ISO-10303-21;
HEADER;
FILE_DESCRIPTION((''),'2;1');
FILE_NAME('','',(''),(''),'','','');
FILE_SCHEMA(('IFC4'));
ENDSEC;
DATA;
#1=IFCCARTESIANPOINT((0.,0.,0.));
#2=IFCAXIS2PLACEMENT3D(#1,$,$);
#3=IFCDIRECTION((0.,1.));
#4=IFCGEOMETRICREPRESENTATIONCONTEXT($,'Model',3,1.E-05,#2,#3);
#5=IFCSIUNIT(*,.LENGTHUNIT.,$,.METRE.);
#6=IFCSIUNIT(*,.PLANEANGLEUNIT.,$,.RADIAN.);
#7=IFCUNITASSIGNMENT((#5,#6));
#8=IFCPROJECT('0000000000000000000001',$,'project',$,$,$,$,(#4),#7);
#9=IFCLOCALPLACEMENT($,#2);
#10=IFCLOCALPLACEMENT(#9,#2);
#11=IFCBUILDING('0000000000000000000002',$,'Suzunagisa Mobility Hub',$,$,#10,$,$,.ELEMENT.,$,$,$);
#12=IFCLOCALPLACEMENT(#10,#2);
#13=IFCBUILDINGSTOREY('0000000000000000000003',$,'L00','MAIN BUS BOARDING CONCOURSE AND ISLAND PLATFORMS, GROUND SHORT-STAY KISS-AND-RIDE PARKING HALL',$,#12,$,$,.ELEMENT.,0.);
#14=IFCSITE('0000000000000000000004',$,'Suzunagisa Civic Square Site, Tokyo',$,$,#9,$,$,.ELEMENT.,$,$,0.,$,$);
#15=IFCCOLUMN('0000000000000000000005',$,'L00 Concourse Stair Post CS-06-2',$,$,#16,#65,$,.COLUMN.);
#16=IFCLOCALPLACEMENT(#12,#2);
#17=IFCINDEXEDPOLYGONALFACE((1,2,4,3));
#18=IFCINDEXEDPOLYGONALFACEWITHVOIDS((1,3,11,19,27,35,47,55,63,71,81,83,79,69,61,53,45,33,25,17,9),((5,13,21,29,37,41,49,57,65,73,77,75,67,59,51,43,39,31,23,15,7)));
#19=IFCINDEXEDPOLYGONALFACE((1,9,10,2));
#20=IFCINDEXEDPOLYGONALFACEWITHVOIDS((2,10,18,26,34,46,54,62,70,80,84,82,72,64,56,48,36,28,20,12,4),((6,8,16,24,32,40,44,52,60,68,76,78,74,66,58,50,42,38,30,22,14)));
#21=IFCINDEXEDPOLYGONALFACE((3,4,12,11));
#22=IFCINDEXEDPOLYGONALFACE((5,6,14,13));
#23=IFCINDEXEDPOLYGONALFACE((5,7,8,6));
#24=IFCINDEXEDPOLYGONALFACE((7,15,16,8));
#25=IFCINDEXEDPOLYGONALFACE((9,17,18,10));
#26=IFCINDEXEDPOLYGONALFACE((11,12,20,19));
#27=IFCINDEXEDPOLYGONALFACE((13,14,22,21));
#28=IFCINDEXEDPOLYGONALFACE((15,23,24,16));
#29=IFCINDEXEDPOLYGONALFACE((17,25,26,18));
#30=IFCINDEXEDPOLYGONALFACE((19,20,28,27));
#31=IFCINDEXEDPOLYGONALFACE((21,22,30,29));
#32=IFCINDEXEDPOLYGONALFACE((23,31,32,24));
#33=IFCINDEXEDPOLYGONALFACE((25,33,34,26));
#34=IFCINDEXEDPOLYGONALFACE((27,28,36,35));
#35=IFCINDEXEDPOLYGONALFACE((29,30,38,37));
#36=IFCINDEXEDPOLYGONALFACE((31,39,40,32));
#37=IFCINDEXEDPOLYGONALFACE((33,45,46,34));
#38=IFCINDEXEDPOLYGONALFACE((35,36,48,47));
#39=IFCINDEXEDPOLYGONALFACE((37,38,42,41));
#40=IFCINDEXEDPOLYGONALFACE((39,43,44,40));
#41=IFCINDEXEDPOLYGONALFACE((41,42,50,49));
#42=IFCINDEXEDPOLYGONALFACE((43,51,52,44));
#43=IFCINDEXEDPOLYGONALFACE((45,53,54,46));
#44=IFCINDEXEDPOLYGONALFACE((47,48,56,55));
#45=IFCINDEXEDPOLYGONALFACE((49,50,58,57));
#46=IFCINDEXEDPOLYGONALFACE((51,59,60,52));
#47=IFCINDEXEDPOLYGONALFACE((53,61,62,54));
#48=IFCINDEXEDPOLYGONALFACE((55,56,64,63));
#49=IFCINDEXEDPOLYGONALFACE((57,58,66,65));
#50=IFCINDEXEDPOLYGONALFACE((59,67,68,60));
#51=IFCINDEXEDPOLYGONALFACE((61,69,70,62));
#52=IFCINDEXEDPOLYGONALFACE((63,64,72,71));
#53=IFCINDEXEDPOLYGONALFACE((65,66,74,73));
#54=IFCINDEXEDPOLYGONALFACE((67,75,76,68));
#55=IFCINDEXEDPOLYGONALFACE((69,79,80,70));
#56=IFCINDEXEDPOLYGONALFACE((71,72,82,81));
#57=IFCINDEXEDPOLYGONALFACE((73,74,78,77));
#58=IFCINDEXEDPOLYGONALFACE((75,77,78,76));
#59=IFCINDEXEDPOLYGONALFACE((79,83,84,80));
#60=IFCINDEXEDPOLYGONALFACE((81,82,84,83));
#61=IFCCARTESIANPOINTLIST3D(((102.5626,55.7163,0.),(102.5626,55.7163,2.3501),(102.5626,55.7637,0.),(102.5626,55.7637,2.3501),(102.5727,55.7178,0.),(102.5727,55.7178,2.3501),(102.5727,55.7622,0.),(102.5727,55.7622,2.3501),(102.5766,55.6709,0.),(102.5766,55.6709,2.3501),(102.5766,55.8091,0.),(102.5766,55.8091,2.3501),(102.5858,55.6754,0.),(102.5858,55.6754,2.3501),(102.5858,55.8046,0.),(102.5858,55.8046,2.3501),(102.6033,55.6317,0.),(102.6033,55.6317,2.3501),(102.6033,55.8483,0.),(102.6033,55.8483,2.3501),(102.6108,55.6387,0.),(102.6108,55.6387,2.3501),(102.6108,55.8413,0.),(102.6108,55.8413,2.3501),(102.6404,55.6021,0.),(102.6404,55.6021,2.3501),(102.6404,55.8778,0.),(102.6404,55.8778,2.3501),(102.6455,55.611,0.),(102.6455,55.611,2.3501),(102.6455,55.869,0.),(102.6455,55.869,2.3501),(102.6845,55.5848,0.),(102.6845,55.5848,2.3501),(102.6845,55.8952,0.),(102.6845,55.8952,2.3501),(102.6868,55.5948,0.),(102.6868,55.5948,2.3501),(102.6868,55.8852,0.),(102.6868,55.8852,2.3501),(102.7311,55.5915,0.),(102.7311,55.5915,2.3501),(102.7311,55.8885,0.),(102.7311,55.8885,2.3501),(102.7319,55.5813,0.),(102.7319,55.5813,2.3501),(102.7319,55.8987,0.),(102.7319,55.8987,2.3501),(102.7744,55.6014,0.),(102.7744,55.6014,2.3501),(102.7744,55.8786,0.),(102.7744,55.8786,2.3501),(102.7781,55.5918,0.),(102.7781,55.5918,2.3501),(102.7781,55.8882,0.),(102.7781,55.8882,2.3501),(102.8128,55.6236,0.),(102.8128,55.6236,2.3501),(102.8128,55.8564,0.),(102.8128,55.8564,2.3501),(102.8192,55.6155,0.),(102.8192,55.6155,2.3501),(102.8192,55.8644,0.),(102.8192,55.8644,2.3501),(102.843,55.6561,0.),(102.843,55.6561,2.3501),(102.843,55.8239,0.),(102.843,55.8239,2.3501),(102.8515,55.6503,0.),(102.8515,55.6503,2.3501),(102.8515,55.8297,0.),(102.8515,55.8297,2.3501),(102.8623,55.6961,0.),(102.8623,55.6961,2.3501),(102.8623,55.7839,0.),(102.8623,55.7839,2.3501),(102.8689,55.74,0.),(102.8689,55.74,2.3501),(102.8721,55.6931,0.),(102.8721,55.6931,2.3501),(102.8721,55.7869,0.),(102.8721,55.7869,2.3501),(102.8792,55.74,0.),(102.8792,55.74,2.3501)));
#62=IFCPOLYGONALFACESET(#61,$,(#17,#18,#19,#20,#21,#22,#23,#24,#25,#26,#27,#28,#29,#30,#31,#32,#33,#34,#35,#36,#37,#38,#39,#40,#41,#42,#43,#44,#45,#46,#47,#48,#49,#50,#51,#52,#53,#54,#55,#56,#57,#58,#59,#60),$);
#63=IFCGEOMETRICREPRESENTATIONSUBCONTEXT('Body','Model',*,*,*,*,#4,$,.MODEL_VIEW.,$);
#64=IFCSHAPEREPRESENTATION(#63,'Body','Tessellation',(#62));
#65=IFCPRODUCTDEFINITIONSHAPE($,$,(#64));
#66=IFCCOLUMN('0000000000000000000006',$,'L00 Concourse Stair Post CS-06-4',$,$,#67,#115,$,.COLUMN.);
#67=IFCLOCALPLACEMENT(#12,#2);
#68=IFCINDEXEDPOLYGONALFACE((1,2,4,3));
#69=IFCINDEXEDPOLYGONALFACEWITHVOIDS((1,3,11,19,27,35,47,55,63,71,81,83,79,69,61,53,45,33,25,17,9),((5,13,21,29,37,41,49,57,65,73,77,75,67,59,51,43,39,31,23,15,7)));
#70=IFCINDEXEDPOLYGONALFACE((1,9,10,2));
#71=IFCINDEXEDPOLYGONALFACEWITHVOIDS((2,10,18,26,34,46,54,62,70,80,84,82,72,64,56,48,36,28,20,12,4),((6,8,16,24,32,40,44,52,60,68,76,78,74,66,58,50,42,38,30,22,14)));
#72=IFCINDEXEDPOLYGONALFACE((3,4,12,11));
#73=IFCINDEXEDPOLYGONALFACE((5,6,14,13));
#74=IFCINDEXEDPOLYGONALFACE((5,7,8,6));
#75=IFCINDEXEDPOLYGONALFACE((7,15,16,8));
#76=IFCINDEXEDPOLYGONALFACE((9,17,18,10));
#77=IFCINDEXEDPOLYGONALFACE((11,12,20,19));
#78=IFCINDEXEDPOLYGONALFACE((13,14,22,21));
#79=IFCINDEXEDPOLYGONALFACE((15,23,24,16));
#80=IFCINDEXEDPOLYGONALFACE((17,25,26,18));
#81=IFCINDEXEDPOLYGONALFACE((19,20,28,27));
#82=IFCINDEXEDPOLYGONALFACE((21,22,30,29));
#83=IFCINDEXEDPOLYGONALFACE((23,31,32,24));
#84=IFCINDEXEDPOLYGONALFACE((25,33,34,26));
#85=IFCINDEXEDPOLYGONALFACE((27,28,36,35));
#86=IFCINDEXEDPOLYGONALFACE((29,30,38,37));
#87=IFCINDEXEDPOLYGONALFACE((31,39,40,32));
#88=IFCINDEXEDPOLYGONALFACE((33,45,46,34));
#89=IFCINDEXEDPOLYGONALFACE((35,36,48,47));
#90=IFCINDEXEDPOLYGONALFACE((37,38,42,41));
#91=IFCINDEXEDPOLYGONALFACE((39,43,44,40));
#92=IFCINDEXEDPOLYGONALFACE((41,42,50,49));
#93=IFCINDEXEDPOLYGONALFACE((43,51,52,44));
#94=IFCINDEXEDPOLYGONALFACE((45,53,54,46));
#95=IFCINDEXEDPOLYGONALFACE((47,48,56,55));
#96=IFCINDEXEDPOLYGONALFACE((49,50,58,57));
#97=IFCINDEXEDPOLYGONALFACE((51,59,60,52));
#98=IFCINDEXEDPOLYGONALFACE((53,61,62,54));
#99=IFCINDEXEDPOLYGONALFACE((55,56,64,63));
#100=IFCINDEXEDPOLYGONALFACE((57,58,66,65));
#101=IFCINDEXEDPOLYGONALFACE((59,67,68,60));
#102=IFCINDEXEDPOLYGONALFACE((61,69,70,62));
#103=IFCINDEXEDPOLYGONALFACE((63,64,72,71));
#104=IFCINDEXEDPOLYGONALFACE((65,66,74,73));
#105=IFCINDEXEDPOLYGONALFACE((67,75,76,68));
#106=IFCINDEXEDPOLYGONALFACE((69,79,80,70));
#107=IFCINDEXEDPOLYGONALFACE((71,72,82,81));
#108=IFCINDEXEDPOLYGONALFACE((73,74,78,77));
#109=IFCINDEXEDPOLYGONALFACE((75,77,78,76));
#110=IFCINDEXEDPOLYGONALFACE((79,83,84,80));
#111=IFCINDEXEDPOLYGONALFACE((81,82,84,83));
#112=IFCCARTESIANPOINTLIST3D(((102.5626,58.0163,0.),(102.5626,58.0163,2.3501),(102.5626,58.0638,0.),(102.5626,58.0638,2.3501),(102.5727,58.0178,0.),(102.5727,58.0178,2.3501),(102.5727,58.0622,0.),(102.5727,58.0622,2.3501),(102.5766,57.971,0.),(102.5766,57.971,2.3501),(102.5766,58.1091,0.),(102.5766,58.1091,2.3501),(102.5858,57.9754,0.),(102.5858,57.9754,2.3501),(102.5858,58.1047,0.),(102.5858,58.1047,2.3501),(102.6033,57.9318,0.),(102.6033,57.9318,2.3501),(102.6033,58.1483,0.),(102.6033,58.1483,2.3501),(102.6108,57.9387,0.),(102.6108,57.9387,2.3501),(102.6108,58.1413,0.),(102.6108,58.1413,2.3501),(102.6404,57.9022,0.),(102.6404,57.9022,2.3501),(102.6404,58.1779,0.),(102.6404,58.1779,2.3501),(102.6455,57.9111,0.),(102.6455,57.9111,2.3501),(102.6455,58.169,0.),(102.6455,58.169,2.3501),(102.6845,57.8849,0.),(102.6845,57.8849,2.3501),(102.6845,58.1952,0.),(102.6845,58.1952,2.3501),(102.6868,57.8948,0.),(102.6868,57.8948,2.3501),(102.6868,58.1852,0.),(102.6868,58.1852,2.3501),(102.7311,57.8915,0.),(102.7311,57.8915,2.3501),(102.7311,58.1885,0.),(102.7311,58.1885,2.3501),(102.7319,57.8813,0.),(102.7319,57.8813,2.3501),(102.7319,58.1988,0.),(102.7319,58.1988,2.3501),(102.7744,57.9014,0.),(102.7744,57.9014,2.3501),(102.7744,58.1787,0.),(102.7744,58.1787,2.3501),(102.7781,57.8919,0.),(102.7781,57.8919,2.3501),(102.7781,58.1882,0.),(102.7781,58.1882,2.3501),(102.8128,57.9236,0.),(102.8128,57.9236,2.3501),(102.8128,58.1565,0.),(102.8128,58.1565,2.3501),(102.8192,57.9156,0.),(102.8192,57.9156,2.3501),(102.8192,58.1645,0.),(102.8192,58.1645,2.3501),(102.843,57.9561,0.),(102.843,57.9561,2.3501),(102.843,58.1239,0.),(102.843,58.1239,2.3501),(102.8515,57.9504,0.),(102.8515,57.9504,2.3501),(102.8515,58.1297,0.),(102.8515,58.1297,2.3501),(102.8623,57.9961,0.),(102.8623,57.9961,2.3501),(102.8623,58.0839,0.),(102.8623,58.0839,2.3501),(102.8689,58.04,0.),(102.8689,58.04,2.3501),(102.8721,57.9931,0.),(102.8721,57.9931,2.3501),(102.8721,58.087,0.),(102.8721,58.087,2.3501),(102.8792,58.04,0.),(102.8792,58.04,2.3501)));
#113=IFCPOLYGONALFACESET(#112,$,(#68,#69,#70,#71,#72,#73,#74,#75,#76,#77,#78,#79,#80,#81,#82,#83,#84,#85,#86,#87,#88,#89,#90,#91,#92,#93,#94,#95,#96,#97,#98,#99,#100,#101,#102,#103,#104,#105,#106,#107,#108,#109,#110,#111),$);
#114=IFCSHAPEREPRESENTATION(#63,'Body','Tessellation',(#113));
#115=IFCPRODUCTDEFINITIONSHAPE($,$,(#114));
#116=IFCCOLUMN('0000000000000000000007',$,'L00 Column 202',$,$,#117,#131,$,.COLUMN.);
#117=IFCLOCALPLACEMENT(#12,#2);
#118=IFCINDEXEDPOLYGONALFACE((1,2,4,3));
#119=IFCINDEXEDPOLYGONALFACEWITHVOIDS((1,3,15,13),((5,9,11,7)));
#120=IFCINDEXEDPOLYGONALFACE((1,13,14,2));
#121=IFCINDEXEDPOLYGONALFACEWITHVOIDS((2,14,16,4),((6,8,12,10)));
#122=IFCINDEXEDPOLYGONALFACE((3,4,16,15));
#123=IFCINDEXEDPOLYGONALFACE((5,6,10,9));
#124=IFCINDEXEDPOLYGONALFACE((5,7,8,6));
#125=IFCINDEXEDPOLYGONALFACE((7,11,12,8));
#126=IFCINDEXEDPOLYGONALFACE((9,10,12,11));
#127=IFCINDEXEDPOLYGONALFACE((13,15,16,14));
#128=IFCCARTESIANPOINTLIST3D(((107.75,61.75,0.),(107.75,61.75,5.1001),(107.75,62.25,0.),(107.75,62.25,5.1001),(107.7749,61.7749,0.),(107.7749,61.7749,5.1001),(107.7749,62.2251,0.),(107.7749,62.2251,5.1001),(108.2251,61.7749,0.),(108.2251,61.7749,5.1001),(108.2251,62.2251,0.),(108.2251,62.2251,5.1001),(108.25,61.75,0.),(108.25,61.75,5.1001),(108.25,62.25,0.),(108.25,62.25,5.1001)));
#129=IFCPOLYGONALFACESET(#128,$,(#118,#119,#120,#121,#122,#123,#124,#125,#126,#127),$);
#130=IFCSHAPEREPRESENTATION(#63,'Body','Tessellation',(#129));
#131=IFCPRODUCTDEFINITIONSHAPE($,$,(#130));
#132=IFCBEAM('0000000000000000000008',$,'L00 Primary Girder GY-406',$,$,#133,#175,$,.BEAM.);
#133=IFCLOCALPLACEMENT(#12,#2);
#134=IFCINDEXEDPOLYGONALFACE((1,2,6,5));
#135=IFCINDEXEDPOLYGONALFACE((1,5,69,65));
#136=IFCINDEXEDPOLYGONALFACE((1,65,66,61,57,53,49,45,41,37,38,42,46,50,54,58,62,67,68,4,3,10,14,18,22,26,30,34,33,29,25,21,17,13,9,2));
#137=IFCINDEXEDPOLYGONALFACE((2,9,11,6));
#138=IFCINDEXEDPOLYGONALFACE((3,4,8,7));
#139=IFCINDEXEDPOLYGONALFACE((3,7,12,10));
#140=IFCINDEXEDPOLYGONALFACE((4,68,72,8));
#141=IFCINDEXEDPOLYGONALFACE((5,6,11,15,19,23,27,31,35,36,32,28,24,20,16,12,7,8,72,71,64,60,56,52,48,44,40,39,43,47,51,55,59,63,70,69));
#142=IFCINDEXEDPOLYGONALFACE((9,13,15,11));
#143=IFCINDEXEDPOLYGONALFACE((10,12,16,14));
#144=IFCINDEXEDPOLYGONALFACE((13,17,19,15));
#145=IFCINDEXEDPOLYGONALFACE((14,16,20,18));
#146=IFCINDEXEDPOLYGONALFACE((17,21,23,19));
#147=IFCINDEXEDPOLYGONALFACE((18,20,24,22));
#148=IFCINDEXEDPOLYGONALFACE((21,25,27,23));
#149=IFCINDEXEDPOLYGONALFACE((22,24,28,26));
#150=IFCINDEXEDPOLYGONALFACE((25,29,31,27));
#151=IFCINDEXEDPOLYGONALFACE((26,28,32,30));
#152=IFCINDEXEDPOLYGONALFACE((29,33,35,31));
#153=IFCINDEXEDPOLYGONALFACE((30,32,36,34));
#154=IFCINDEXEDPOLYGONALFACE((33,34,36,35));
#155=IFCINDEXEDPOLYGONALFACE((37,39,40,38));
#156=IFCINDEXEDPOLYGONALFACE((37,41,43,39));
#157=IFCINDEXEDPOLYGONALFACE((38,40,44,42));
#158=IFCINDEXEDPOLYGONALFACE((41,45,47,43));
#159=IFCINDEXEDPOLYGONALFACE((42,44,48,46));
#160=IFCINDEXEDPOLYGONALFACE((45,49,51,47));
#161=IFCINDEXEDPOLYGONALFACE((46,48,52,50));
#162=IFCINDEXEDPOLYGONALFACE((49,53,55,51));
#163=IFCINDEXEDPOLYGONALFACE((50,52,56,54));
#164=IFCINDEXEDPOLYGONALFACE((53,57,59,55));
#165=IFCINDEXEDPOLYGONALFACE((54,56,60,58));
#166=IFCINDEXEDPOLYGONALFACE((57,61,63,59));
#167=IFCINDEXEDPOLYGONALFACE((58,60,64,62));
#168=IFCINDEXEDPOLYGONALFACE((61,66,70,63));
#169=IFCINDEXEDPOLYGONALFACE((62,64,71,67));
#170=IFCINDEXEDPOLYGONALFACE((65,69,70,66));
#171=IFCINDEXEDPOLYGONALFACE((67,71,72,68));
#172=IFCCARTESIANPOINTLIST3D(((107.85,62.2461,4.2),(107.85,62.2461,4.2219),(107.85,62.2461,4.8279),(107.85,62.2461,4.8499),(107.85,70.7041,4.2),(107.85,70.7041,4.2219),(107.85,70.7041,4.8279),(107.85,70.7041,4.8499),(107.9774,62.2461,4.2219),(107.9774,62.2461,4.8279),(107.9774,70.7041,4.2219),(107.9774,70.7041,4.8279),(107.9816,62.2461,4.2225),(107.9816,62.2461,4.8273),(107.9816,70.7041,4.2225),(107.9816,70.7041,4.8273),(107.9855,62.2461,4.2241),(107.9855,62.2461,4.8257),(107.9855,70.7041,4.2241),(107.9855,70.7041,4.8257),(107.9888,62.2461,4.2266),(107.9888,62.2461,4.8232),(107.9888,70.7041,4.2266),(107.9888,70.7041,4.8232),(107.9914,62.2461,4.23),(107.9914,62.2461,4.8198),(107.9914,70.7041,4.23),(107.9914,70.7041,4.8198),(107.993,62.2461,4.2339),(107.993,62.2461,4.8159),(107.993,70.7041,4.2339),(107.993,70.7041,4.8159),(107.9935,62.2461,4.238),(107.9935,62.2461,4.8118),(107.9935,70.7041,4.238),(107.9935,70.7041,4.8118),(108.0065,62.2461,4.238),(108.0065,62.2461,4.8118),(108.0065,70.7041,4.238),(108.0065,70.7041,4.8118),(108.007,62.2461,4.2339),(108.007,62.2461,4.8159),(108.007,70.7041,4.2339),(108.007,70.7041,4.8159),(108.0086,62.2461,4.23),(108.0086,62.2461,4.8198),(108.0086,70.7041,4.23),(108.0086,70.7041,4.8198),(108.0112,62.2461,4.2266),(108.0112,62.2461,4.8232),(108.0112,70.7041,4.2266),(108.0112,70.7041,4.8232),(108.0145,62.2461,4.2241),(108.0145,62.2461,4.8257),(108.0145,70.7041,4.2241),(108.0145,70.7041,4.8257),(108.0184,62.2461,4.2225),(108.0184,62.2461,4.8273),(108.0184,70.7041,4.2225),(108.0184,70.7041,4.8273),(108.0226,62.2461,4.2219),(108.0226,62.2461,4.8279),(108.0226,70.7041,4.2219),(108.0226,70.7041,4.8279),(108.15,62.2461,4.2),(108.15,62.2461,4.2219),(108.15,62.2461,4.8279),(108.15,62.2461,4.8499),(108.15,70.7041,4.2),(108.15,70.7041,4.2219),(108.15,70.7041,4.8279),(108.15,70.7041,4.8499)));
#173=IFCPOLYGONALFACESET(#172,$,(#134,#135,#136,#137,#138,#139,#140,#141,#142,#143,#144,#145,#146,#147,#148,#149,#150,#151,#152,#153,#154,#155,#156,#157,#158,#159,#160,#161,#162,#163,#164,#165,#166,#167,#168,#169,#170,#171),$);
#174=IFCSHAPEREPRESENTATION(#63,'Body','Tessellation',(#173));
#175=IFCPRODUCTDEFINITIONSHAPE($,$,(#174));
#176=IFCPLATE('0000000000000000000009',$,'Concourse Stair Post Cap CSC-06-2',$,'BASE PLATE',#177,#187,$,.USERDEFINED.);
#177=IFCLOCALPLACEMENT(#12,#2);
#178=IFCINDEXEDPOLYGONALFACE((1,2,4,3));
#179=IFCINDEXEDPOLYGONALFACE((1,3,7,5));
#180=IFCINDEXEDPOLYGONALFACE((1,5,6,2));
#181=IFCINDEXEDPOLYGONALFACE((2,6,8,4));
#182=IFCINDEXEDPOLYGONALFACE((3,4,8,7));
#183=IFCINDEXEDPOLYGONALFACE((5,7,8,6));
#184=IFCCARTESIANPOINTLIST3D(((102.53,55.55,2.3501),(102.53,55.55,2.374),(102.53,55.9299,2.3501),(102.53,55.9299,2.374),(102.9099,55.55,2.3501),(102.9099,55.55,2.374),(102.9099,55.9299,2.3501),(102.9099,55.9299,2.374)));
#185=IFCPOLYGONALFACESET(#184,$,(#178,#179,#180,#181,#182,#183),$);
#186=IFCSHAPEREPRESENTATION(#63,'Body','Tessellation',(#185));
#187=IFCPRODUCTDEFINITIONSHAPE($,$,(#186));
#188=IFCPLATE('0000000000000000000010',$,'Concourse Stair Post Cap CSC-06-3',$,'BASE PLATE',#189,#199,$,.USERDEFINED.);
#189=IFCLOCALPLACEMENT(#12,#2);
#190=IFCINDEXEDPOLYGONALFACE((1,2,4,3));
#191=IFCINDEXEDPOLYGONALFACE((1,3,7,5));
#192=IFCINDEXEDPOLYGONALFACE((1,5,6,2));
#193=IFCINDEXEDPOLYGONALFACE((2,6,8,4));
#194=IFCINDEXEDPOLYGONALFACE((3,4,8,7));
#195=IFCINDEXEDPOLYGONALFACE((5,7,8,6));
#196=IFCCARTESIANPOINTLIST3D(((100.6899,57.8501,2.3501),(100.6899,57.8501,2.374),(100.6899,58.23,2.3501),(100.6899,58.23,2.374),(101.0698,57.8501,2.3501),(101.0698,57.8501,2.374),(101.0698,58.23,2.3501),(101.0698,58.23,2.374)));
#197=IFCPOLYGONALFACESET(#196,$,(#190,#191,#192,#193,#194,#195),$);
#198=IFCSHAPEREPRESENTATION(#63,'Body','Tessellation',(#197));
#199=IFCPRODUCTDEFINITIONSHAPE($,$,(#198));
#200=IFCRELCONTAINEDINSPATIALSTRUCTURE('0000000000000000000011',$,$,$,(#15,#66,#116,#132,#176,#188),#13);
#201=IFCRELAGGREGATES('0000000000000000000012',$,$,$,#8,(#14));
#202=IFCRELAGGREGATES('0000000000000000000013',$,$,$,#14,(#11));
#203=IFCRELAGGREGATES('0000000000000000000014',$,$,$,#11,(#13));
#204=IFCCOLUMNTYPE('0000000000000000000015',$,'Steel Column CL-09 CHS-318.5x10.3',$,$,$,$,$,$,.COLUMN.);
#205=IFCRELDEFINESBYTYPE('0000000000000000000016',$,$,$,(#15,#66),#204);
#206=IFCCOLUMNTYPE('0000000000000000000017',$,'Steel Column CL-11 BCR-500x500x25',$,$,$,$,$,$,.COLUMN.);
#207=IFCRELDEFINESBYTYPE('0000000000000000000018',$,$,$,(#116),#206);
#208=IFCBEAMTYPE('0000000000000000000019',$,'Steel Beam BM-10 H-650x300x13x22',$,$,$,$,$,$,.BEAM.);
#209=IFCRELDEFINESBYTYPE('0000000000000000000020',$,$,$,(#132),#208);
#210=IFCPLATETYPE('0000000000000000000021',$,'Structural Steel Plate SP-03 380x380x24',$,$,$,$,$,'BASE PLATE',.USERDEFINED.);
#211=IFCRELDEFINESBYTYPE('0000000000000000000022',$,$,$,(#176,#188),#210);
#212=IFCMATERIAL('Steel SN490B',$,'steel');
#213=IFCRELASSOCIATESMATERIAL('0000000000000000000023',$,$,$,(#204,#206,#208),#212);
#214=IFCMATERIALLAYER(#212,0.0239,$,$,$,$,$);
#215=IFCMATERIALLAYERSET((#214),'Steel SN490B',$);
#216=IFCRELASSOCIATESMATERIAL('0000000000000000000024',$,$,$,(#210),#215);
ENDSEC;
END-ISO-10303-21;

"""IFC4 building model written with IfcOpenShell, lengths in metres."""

from ifc_helpers import new_model, si_unit, direction, frame, origin, origin_2d, place, context, subcontext, project, spatial, rectangle, hollow_rectangle, hollow_circle, i_section, extrude, material, layer, layer_set, material_profile, profile_set, type_object, element, save


model = new_model("IFC4")

# Units and contexts
model_context = context("Model", 3, precision=1e-05, world=origin(), true_north=direction((0.0, 1.0)))
body_context = subcontext(model_context, "Body", "Model", "MODEL_VIEW")
ifc_project = project(units=[si_unit("LENGTHUNIT", "METRE"), si_unit("PLANEANGLEUNIT", "RADIAN")], contexts=[model_context])

# Site, building, storey
site_placement = place(None, origin())
site = spatial("IfcSite", under=ifc_project, at=site_placement, Name="Suzunagisa Civic Square Site, Tokyo", CompositionType="ELEMENT", RefElevation=0.0)
building_placement = place(site_placement, origin())
building = spatial("IfcBuilding", under=site, at=building_placement, Name="Suzunagisa Mobility Hub", CompositionType="ELEMENT")
storey_placement = place(building_placement, origin())
storey = spatial("IfcBuildingStorey", under=building, at=storey_placement, Name="L00", Description="MAIN BUS BOARDING CONCOURSE AND ISLAND PLATFORMS, GROUND SHORT-STAY KISS-AND-RIDE PARKING HALL", CompositionType="ELEMENT", Elevation=0.0)

# Columns
ifc_material_1 = material(Name="Steel SN490B", Category="steel")
ifc_material_profile_1 = material_profile(ifc_material_1, hollow_circle(Radius=0.1592, WallThickness=0.0103, at=origin_2d()), Name="CHS-318.5x10.3")
ifc_profile_set_1 = profile_set([ifc_material_profile_1], Name="Steel SN490B")
column_type_1 = type_object("IfcColumnType", Name="Steel Column CL-09 CHS-318.5x10.3", PredefinedType="COLUMN", material=ifc_profile_set_1)
for number, where, z_axis, x_axis, name in (
    (1, (102.72, 55.74, 0.0), (0.0, 0.0, 1.0), (1.0, 0.0, 0.0), "L00 Concourse Stair Post CS-06-2"),
    (2, (102.72, 58.04, 0.0), (0.0, 0.0, 1.0), (1.0, 0.0, 0.0), "L00 Concourse Stair Post CS-06-4"),
):
    element("IfcColumn", number, at=place(storey_placement, frame(where, z_axis=z_axis, x_axis=x_axis)), inside=storey, type_object=column_type_1, Name=name, PredefinedType="COLUMN", context=body_context, shape_type="SweptSolid", body=[
        extrude(hollow_circle(Radius=0.1592, WallThickness=0.0103, at=origin_2d()), origin(), (0.0, 0.0, 1.0), 2.3501),
    ])
ifc_material_profile_2 = material_profile(ifc_material_1, hollow_rectangle(XDim=0.5, YDim=0.5, WallThickness=0.0249, at=origin_2d()), Name="BCR-500x500x25")
ifc_profile_set_2 = profile_set([ifc_material_profile_2], Name="Steel SN490B")
column_type_2 = type_object("IfcColumnType", Name="Steel Column CL-11 BCR-500x500x25", PredefinedType="COLUMN", material=ifc_profile_set_2)
column_placement = place(storey_placement, frame((108.0, 62.0, 0.0), z_axis=(0.0, 0.0, 1.0), x_axis=(1.0, 0.0, 0.0)))
element("IfcColumn", 3, at=column_placement, inside=storey, type_object=column_type_2, Name="L00 Column 202", PredefinedType="COLUMN", context=body_context, shape_type="SweptSolid", body=[
    extrude(hollow_rectangle(XDim=0.5, YDim=0.5, WallThickness=0.0249, at=origin_2d()), origin(), (0.0, 0.0, 1.0), 5.1001),
])

# Beam
ifc_material_profile_3 = material_profile(ifc_material_1, i_section(OverallWidth=0.3, OverallDepth=0.6499, WebThickness=0.0129, FlangeThickness=0.022, FilletRadius=0.0161, at=origin_2d()), Name="H-650x300x13x22")
ifc_profile_set_3 = profile_set([ifc_material_profile_3], Name="Steel SN490B")
beam_type = type_object("IfcBeamType", Name="Steel Beam BM-10 H-650x300x13x22", PredefinedType="BEAM", material=ifc_profile_set_3)
beam_placement = place(storey_placement, frame((108.0, 62.2461, 4.5249), z_axis=(0.0, 1.0, 0.0), x_axis=(-1.0, 0.0, 0.0)))
element("IfcBeam", 4, at=beam_placement, inside=storey, type_object=beam_type, Name="L00 Primary Girder GY-406", PredefinedType="BEAM", context=body_context, shape_type="SweptSolid", body=[
    extrude(i_section(OverallWidth=0.3, OverallDepth=0.6499, WebThickness=0.0129, FlangeThickness=0.022, FilletRadius=0.0161, at=origin_2d()), origin(), (0.0, 0.0, 1.0), 8.458),
])

# Plates
ifc_layer_1 = layer(ifc_material_1, 0.0239)
ifc_layer_set_1 = layer_set([ifc_layer_1], Name="Steel SN490B")
plate_type = type_object("IfcPlateType", Name="Structural Steel Plate SP-03 380x380x24", ElementType="BASE PLATE", PredefinedType="USERDEFINED", material=ifc_layer_set_1)
for number, where, z_axis, x_axis, name in (
    (5, (102.72, 55.74, 2.3501), (0.0, 0.0, 1.0), (1.0, 0.0, 0.0), "Concourse Stair Post Cap CSC-06-2"),
    (6, (100.8799, 58.04, 2.3501), (0.0, 0.0, 1.0), (1.0, 0.0, 0.0), "Concourse Stair Post Cap CSC-06-3"),
):
    element("IfcPlate", number, at=place(storey_placement, frame(where, z_axis=z_axis, x_axis=x_axis)), inside=storey, type_object=plate_type, Name=name, ObjectType="BASE PLATE", PredefinedType="USERDEFINED", context=body_context, shape_type="SweptSolid", body=[
        extrude(rectangle(XDim=0.3799, YDim=0.3799, at=origin_2d()), origin(), (0.0, 0.0, 1.0), 0.0239),
    ])

save(model, "model.ifc")
